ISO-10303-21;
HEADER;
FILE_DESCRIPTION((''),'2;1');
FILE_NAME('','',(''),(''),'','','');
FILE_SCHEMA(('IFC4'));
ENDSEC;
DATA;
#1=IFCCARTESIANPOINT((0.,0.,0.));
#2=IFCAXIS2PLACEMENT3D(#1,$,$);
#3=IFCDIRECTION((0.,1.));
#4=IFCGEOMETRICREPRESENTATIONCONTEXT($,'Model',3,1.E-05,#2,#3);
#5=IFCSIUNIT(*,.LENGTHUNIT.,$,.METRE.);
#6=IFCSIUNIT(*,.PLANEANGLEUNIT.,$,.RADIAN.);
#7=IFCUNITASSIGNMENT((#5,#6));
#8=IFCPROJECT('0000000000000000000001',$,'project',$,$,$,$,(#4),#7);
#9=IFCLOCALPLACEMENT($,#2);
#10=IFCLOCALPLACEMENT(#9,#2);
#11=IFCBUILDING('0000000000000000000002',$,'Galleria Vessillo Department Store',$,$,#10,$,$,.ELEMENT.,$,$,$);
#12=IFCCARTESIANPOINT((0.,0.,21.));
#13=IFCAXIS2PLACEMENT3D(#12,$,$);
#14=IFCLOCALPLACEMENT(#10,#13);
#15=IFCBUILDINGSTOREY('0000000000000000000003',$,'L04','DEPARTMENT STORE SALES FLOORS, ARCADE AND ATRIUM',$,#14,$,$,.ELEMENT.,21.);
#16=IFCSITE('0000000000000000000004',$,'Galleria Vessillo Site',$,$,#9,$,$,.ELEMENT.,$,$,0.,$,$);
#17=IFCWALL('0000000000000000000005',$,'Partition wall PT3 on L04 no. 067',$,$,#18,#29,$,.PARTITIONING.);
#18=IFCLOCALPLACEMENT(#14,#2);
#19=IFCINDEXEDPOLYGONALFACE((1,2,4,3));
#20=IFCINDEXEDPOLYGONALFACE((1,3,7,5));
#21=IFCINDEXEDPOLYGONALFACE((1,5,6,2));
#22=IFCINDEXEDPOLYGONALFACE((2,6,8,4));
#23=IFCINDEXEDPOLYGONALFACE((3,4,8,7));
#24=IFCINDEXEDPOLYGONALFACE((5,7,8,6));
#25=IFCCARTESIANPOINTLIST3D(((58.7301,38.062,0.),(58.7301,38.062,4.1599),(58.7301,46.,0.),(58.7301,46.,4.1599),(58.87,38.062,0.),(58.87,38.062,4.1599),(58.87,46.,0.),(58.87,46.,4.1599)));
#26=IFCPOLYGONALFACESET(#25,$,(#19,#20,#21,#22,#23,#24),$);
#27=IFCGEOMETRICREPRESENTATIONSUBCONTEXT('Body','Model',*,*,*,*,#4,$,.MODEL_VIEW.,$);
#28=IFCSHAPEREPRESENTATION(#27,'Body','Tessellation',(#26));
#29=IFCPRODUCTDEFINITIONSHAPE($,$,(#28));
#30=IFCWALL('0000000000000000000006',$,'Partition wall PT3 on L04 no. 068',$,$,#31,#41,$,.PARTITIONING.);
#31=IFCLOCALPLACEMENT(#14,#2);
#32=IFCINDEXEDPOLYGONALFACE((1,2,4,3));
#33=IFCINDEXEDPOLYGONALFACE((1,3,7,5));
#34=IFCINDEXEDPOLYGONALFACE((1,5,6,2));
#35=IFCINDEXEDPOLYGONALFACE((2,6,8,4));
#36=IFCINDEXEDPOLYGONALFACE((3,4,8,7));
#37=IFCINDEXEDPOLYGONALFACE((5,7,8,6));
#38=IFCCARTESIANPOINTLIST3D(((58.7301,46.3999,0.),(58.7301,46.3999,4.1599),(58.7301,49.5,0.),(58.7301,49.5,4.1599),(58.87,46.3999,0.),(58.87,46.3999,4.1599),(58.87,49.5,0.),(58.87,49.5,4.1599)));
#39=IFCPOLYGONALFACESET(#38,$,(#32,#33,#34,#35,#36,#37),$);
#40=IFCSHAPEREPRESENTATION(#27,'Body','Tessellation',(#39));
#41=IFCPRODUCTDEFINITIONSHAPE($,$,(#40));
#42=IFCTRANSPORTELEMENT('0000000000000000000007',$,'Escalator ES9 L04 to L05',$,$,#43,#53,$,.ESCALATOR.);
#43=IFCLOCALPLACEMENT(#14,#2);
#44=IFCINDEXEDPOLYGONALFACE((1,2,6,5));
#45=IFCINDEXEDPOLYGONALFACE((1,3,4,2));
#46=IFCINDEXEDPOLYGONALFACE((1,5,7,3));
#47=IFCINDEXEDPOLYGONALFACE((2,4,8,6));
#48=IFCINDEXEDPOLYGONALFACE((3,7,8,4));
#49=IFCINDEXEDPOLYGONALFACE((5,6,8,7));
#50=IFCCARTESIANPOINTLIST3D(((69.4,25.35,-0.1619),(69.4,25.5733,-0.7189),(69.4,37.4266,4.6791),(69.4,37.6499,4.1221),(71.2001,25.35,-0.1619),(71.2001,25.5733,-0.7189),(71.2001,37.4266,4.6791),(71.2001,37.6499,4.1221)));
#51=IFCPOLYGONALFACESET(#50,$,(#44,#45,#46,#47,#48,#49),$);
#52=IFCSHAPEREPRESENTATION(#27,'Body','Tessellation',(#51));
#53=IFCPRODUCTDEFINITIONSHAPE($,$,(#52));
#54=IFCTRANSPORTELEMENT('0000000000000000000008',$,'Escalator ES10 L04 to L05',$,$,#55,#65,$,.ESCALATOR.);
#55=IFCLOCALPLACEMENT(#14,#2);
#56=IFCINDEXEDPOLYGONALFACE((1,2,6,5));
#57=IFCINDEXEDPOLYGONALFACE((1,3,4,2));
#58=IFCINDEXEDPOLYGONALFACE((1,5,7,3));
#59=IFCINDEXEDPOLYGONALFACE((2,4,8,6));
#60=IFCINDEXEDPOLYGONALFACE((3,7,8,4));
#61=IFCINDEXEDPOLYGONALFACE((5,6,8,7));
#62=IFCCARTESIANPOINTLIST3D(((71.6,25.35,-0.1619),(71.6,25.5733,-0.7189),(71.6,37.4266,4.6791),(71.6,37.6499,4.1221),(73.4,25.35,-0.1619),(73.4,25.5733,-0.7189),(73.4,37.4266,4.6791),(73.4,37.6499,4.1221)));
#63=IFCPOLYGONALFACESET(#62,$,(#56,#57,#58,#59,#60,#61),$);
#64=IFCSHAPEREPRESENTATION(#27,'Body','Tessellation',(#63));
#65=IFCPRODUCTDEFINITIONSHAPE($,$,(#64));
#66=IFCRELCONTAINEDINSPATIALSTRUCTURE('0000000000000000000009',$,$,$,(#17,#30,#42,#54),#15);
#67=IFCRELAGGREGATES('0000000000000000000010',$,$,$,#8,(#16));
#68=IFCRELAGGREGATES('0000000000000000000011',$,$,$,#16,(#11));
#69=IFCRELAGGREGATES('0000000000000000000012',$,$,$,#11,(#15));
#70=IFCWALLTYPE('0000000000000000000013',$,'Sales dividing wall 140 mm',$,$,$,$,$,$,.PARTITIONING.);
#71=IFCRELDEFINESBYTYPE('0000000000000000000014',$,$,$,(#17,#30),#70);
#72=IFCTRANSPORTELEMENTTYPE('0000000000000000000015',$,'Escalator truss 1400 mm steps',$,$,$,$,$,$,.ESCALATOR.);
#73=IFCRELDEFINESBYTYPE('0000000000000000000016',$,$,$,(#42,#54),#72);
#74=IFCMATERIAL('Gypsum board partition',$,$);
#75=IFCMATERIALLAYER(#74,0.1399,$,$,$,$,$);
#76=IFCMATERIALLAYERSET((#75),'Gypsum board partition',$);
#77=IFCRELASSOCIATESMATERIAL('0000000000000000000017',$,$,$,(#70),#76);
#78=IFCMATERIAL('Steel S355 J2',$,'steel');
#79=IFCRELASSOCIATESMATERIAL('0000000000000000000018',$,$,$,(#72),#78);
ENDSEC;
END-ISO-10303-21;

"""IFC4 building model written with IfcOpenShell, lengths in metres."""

from ifc_helpers import new_model, si_unit, direction, frame, frame_2d, origin, origin_2d, place, context, subcontext, project, spatial, rectangle, extrude, material, layer, layer_set, material_profile, profile_set, type_object, element, save


model = new_model("IFC4")

# Units and contexts
model_context = context("Model", 3, precision=1e-05, world=origin(), true_north=direction((0.0, 1.0)))
body_context = subcontext(model_context, "Body", "Model", "MODEL_VIEW")
ifc_project = project(units=[si_unit("LENGTHUNIT", "METRE"), si_unit("PLANEANGLEUNIT", "RADIAN")], contexts=[model_context])

# Site, building, storey
site_placement = place(None, origin())
site = spatial("IfcSite", under=ifc_project, at=site_placement, Name="Galleria Vessillo Site", CompositionType="ELEMENT", RefElevation=0.0)
building_placement = place(site_placement, origin())
building = spatial("IfcBuilding", under=site, at=building_placement, Name="Galleria Vessillo Department Store", CompositionType="ELEMENT")
storey_placement = place(building_placement, frame((0.0, 0.0, 21.0)))
storey = spatial("IfcBuildingStorey", under=building, at=storey_placement, Name="L04", Description="DEPARTMENT STORE SALES FLOORS, ARCADE AND ATRIUM", CompositionType="ELEMENT", Elevation=21.0)

# Walls
ifc_material_1 = material(Name="Gypsum board partition")
ifc_layer_1 = layer(ifc_material_1, 0.1399)
ifc_layer_set_1 = layer_set([ifc_layer_1], Name="Gypsum board partition")
wall_type_1 = type_object("IfcWallType", Name="Sales dividing wall 140 mm", PredefinedType="PARTITIONING", material=ifc_layer_set_1)
wall_1_placement = place(storey_placement, frame((58.8, 38.062, 0.0), z_axis=(0.0, 0.0, 1.0), x_axis=(0.0, 1.0, 0.0)))
element("IfcWall", 1, at=wall_1_placement, inside=storey, type_object=wall_type_1, Name="Partition wall PT3 on L04 no. 067", PredefinedType="PARTITIONING", context=body_context, shape_type="SweptSolid", body=[
    extrude(rectangle(XDim=7.938, YDim=0.1399, at=frame_2d((3.969, 0.0))), origin(), (0.0, 0.0, 1.0), 4.1599),
])
wall_2_placement = place(storey_placement, frame((58.8, 46.3999, 0.0), z_axis=(0.0, 0.0, 1.0), x_axis=(0.0, 1.0, 0.0)))
element("IfcWall", 2, at=wall_2_placement, inside=storey, type_object=wall_type_1, Name="Partition wall PT3 on L04 no. 068", PredefinedType="PARTITIONING", context=body_context, shape_type="SweptSolid", body=[
    extrude(rectangle(XDim=3.1001, YDim=0.1399, at=frame_2d((1.55, 0.0))), origin(), (0.0, 0.0, 1.0), 4.1599),
])

# Transport elements
ifc_material_2 = material(Name="Steel S355 J2", Category="steel")
ifc_material_profile_1 = material_profile(ifc_material_2, rectangle(XDim=1.8, YDim=0.6001, at=origin_2d()), Name="Escalator truss 1800 x 600")
ifc_profile_set_1 = profile_set([ifc_material_profile_1], Name="Steel S355 J2")
transport_element_type = type_object("IfcTransportElementType", Name="Escalator truss 1400 mm steps", PredefinedType="ESCALATOR", material=ifc_profile_set_1)
for number, where, z_axis, x_axis, name in (
    (3, (70.3, 25.4617, -0.4404), (0.0, 0.928201, 0.37208), (-1.0, 0.0, 0.0), "Escalator ES9 L04 to L05"),
    (4, (72.5, 25.4617, -0.4404), (0.0, 0.928201, 0.37208), (-1.0, 0.0, 0.0), "Escalator ES10 L04 to L05"),
):
    element("IfcTransportElement", number, at=place(storey_placement, frame(where, z_axis=z_axis, x_axis=x_axis)), inside=storey, type_object=transport_element_type, Name=name, PredefinedType="ESCALATOR", context=body_context, shape_type="SweptSolid", body=[
        extrude(rectangle(XDim=1.8, YDim=0.6001, at=origin_2d()), origin(), (0.0, 0.0, 1.0), 13.0107),
    ])

save(model, "model.ifc")
